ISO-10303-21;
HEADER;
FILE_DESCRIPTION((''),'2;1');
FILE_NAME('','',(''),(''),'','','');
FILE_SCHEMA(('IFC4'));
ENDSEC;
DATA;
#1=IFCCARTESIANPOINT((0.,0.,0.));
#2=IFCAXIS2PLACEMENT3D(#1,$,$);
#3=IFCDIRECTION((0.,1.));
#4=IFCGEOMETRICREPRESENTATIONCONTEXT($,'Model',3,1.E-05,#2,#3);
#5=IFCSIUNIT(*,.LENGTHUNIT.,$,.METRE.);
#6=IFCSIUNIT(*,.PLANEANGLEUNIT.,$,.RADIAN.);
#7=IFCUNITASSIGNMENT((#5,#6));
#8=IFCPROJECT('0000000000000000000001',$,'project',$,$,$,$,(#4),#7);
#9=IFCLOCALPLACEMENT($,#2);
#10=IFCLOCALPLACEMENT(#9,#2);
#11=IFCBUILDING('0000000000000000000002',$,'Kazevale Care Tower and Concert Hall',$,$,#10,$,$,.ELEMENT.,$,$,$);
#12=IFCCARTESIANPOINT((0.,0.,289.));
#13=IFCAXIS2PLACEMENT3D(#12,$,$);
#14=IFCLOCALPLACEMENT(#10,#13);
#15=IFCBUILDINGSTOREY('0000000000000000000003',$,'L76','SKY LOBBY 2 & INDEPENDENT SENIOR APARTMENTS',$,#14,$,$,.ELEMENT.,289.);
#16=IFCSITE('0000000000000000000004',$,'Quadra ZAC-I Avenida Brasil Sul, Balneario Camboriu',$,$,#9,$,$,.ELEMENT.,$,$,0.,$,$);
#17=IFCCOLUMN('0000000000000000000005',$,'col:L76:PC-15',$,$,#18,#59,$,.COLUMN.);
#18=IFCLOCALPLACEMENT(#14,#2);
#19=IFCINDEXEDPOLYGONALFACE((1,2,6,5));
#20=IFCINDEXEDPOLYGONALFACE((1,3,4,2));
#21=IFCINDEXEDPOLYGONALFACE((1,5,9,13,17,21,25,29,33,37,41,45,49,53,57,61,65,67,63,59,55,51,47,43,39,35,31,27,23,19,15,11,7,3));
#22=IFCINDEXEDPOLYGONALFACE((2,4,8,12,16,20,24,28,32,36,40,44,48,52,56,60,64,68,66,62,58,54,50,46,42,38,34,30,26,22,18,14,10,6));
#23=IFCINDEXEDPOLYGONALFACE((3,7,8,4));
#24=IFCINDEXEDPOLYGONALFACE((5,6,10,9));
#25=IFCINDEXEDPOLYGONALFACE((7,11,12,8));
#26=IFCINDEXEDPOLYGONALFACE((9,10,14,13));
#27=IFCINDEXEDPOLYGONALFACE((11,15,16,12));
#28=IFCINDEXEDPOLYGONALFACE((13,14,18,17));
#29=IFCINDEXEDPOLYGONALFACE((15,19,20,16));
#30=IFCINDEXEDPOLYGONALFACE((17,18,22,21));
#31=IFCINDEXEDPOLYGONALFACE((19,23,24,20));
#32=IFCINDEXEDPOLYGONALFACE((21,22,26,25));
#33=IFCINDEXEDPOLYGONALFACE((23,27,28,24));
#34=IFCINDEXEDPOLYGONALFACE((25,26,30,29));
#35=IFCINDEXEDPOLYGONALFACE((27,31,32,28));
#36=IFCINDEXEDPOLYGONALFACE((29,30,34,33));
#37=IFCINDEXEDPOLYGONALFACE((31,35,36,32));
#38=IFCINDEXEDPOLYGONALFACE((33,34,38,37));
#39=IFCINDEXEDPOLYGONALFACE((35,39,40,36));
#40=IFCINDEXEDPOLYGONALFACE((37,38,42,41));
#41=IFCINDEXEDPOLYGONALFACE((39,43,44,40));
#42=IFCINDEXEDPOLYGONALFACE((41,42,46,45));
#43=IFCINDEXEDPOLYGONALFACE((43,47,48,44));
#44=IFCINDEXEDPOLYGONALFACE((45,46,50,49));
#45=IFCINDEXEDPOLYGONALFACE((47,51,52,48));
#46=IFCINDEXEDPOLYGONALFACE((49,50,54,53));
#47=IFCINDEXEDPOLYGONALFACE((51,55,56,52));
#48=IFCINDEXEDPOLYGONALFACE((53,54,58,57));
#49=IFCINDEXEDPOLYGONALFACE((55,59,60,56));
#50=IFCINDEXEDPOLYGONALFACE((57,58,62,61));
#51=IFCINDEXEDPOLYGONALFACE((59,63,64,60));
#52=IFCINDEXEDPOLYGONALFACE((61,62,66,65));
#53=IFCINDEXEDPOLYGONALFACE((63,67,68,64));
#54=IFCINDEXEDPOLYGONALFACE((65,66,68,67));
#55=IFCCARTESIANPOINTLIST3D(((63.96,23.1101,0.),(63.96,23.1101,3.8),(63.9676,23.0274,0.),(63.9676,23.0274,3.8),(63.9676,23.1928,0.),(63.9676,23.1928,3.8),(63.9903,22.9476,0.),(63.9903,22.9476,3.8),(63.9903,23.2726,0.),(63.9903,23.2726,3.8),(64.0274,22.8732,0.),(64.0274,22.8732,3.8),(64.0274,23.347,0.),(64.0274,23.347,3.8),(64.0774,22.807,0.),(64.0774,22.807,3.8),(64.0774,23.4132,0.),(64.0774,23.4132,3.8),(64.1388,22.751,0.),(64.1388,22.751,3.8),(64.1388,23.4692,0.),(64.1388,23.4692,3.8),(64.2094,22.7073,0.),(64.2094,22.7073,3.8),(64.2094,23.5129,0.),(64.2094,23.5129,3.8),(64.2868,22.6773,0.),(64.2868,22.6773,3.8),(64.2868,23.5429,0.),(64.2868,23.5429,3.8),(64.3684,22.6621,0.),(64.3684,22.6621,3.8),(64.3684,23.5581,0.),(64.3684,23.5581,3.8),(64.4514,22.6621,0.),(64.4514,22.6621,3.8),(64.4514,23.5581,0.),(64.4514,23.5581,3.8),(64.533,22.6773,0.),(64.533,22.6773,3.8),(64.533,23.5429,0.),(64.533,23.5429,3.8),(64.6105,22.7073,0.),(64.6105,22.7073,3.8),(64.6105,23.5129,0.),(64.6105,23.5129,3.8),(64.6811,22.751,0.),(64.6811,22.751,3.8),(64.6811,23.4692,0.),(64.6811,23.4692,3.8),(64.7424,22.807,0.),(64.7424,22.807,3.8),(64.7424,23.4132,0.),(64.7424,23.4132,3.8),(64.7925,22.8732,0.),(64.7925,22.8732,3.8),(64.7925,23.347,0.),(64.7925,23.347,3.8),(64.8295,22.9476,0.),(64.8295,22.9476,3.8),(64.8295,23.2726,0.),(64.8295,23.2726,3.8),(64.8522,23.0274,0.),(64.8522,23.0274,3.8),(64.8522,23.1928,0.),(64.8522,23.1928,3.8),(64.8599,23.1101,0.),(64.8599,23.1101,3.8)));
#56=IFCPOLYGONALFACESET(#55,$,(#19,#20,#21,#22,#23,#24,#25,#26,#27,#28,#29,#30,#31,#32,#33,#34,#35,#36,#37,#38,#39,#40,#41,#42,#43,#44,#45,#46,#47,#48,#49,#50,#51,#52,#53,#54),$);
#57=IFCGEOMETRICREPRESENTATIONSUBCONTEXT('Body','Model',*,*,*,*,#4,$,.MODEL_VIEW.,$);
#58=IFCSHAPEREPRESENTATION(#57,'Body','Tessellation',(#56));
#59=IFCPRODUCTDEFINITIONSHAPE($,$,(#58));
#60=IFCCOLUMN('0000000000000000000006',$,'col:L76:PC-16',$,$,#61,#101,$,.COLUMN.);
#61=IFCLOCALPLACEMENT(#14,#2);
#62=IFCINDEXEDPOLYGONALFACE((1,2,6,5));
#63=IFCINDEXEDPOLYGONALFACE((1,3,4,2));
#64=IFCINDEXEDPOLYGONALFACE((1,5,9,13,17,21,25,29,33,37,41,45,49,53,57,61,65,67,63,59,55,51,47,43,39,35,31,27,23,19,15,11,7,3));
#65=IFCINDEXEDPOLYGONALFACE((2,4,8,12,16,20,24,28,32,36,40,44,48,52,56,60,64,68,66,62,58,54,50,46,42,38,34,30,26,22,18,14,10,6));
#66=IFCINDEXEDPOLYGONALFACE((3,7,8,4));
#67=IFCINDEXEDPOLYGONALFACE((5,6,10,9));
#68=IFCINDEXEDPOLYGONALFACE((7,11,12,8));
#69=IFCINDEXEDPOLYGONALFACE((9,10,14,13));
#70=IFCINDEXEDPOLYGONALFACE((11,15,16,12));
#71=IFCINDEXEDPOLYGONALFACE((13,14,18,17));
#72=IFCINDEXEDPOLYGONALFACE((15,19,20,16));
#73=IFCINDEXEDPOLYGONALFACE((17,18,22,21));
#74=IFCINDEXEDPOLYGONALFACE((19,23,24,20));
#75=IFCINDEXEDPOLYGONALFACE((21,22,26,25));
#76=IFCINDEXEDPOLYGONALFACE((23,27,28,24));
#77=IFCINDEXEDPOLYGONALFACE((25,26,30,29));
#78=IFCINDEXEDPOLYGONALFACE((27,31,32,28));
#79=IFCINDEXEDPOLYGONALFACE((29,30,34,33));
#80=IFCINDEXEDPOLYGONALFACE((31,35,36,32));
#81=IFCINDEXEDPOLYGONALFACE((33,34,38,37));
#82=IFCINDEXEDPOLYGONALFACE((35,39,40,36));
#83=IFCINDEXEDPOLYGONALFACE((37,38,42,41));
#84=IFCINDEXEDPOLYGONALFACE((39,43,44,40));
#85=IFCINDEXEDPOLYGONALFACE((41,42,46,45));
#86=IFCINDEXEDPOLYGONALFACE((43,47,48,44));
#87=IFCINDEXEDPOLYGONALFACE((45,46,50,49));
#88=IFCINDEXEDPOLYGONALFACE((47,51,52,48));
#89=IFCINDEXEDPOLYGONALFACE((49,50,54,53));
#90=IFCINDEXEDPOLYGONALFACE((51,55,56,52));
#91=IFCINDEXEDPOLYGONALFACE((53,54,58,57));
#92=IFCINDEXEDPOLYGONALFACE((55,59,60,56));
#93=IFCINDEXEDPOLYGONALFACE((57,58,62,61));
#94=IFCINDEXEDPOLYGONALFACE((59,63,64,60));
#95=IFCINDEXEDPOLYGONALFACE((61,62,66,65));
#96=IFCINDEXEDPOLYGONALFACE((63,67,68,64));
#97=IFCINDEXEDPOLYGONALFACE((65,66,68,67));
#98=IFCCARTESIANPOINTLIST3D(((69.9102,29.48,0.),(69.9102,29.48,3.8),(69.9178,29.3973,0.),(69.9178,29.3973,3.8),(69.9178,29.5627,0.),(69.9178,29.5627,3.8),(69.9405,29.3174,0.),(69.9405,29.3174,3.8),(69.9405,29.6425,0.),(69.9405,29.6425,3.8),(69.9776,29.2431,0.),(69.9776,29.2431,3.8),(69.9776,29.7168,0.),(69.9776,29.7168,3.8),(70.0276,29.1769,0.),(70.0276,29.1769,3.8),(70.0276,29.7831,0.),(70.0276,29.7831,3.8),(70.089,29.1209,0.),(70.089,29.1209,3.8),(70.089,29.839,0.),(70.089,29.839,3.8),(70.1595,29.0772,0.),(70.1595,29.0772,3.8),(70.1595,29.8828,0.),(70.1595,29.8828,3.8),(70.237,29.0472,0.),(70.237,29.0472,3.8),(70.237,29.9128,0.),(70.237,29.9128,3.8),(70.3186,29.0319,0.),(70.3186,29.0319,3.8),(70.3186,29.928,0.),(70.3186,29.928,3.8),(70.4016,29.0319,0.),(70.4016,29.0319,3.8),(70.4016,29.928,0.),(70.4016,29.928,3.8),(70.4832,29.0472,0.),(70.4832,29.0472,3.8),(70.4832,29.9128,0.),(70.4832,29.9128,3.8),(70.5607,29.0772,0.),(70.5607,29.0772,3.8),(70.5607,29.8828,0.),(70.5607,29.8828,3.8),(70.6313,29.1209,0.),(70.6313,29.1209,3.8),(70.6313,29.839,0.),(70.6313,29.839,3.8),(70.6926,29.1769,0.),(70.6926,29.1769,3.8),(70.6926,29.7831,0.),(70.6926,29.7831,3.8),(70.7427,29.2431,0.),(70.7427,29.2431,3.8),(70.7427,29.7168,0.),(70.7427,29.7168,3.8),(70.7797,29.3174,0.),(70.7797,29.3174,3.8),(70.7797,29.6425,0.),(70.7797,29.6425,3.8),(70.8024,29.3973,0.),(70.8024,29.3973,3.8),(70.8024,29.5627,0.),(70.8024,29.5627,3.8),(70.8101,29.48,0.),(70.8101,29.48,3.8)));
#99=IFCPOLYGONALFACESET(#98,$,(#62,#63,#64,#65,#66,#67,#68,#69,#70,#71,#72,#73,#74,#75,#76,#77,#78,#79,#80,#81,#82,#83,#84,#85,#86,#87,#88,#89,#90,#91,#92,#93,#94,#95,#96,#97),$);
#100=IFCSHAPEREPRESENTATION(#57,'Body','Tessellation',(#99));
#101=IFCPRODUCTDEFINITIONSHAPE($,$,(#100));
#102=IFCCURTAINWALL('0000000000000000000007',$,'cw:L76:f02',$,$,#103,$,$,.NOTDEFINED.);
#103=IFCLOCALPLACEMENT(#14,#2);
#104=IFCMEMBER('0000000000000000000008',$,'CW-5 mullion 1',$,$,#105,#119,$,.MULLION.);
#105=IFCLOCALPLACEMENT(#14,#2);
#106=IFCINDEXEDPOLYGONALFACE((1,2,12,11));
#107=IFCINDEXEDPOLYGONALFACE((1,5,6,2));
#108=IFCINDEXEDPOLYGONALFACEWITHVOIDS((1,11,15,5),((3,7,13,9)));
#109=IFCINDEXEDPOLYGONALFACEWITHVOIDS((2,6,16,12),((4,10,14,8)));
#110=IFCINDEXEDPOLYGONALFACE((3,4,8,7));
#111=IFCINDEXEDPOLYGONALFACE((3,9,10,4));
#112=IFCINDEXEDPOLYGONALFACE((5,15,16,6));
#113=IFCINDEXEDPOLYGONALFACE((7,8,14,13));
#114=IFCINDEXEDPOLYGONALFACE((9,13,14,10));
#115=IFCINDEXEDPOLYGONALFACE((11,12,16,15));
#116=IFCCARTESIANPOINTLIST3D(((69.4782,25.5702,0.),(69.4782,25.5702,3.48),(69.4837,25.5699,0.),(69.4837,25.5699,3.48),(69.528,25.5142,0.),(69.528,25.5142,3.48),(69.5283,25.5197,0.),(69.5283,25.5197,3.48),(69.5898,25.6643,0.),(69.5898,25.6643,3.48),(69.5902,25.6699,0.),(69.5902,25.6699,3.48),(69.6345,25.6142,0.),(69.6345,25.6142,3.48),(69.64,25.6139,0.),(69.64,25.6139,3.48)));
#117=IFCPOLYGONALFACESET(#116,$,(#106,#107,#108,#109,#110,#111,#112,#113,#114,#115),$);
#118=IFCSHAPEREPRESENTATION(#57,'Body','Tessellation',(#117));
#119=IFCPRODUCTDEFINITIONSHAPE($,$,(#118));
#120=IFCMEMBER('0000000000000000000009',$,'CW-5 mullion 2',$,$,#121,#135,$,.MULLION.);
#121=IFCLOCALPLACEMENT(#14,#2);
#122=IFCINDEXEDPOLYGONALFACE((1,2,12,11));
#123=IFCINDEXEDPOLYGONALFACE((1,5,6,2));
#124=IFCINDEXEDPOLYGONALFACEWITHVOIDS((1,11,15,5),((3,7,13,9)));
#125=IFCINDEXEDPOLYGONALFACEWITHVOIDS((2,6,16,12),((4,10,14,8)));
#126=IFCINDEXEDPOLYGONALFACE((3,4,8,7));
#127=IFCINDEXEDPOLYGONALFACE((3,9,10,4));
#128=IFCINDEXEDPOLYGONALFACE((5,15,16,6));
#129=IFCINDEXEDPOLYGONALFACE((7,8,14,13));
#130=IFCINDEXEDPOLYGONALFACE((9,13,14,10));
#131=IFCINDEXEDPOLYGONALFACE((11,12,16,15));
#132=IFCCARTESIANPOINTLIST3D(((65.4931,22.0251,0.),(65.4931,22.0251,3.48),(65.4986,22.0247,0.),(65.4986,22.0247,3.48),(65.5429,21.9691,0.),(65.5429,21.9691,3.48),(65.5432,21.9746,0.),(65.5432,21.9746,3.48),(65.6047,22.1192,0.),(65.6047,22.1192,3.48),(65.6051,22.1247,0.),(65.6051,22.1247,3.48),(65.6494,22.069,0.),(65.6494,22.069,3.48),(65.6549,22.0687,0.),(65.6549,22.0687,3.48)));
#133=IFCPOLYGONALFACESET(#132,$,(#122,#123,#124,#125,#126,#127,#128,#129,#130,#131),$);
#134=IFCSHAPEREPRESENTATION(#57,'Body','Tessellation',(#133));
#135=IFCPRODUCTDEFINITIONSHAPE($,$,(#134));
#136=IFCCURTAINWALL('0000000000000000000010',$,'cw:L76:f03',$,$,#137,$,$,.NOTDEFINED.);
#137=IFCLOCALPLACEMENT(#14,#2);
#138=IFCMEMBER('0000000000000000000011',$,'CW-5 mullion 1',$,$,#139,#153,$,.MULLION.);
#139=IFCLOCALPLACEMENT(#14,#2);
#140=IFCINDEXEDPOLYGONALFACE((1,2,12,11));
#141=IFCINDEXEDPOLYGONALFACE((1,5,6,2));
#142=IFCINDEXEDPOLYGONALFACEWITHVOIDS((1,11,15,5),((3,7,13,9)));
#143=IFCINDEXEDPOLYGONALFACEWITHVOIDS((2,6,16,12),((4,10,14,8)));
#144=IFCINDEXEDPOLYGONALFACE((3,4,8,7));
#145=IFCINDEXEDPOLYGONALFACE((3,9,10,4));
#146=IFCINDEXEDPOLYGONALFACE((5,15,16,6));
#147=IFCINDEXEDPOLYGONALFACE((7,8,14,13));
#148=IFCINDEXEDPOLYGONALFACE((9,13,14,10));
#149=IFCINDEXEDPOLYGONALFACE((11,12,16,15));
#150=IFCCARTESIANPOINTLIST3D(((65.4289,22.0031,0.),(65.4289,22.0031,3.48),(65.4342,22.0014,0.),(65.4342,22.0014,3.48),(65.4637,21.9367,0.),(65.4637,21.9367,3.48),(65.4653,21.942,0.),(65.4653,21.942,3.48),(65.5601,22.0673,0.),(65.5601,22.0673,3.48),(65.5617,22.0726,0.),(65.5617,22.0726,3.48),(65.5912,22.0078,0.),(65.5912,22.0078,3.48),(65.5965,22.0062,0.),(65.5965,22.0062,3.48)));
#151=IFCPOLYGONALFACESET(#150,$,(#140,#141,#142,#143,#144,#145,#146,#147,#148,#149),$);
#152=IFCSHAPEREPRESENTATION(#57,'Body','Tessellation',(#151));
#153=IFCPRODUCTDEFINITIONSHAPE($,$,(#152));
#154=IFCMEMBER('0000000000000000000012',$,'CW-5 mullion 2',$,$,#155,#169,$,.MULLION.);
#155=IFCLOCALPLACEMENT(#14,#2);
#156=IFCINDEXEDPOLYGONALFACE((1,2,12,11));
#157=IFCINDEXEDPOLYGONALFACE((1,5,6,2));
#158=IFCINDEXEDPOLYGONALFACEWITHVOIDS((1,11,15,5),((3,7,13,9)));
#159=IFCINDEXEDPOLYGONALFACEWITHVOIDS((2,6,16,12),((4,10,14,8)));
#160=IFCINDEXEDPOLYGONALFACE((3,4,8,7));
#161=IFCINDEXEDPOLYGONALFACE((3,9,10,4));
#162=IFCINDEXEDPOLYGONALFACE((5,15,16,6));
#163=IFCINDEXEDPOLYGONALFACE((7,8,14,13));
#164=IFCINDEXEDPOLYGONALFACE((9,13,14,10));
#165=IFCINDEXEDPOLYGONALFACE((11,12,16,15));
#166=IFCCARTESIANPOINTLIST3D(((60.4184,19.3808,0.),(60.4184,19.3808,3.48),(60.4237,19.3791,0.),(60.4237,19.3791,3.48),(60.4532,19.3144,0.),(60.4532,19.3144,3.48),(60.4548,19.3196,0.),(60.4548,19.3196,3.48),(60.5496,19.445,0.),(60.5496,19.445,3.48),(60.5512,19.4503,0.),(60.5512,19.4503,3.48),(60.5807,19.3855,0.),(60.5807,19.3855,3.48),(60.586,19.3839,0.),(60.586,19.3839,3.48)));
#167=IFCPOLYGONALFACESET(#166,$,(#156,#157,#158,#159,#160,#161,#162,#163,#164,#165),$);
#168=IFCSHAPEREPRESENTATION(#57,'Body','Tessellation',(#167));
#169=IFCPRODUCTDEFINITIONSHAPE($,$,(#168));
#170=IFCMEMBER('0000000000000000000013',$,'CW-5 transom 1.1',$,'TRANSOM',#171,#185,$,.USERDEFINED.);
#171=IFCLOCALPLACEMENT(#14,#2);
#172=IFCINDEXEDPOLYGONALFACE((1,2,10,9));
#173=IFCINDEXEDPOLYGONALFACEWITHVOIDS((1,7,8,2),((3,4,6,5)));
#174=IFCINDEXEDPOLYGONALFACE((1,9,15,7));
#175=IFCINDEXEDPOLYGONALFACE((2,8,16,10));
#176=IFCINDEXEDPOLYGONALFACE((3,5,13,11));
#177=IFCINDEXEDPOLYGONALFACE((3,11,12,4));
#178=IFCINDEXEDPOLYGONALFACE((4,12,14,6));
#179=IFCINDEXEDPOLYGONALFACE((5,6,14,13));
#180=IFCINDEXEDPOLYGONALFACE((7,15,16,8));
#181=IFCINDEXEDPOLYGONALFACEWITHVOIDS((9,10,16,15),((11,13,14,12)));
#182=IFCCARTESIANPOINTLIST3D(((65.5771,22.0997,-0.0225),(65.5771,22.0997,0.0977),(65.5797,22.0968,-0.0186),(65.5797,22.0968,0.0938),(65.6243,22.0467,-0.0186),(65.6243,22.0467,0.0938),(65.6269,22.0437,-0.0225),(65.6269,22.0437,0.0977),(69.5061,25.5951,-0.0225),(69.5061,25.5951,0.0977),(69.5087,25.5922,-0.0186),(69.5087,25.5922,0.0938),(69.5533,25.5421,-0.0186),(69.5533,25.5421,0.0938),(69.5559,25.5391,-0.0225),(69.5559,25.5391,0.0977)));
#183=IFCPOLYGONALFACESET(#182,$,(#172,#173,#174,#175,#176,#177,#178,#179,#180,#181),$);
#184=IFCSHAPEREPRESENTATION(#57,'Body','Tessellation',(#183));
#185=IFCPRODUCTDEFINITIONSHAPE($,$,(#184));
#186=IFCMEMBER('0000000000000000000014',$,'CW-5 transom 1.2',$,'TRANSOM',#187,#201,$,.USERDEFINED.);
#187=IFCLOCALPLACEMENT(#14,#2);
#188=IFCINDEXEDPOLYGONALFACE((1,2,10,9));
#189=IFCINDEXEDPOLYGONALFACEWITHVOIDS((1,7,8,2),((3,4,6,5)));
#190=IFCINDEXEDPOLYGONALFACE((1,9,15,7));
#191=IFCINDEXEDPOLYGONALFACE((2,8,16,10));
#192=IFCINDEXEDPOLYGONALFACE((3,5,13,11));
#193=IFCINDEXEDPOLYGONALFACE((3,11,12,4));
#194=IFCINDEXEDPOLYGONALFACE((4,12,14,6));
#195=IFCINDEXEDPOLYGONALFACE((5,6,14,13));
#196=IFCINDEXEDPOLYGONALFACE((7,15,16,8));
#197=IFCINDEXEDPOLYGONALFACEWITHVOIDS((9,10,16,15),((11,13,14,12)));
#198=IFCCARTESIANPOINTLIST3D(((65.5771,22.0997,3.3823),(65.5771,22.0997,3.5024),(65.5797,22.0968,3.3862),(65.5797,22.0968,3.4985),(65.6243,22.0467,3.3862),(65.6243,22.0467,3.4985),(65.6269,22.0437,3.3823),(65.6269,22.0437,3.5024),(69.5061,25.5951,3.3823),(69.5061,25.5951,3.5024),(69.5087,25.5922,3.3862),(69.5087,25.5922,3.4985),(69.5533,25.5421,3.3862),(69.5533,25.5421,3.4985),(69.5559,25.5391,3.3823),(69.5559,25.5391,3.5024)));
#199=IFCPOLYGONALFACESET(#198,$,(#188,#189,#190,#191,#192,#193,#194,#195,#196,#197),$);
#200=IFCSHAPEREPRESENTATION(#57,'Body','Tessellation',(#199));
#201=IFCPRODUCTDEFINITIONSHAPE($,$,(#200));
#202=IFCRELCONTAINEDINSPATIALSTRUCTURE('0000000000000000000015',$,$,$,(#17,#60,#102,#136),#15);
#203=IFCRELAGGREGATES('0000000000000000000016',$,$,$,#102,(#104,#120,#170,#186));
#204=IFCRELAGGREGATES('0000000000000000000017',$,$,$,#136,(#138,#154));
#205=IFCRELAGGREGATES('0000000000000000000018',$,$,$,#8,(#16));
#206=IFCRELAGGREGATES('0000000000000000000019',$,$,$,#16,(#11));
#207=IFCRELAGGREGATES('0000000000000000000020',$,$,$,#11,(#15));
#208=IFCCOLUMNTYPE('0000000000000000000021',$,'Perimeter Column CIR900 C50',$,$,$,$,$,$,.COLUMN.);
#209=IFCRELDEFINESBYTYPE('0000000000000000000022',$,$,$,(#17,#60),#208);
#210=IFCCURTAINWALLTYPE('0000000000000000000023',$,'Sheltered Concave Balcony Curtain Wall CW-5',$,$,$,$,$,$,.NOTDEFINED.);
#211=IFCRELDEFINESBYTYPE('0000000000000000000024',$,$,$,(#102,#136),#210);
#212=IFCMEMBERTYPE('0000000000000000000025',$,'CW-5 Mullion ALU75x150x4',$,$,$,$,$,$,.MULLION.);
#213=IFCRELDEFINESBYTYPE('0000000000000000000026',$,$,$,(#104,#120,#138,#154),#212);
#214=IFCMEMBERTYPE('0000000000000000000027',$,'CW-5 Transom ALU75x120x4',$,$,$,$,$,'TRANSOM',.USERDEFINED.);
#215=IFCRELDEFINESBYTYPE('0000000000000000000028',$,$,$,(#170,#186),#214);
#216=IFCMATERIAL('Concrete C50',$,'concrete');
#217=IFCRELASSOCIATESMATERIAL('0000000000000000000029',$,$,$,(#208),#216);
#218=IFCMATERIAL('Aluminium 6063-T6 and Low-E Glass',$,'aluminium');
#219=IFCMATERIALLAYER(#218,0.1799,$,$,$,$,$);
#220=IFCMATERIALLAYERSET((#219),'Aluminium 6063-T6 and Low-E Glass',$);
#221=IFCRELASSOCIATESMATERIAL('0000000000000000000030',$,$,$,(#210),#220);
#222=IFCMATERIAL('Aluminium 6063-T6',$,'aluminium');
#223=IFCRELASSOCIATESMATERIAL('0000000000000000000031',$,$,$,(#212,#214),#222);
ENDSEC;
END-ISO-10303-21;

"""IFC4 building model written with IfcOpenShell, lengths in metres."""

from ifc_helpers import new_model, si_unit, direction, frame, origin, origin_2d, place, context, subcontext, project, spatial, hollow_rectangle, circle, extrude, material, layer, layer_set, material_profile, profile_set, type_object, element, aggregate, save


model = new_model("IFC4")

# Units and contexts
model_context = context("Model", 3, precision=1e-05, world=origin(), true_north=direction((0.0, 1.0)))
body_context = subcontext(model_context, "Body", "Model", "MODEL_VIEW")
ifc_project = project(units=[si_unit("LENGTHUNIT", "METRE"), si_unit("PLANEANGLEUNIT", "RADIAN")], contexts=[model_context])

# Site, building, storey
site_placement = place(None, origin())
site = spatial("IfcSite", under=ifc_project, at=site_placement, Name="Quadra ZAC-I Avenida Brasil Sul, Balneario Camboriu", CompositionType="ELEMENT", RefElevation=0.0)
building_placement = place(site_placement, origin())
building = spatial("IfcBuilding", under=site, at=building_placement, Name="Kazevale Care Tower and Concert Hall", CompositionType="ELEMENT")
storey_placement = place(building_placement, frame((0.0, 0.0, 289.0)))
storey = spatial("IfcBuildingStorey", under=building, at=storey_placement, Name="L76", Description="SKY LOBBY 2 & INDEPENDENT SENIOR APARTMENTS", CompositionType="ELEMENT", Elevation=289.0)

# Columns
ifc_material_1 = material(Name="Concrete C50", Category="concrete")
ifc_material_profile_1 = material_profile(ifc_material_1, circle(Radius=0.45, at=origin_2d()), Name="RC-CIR900")
ifc_profile_set_1 = profile_set([ifc_material_profile_1], Name="Concrete C50")
column_type = type_object("IfcColumnType", Name="Perimeter Column CIR900 C50", PredefinedType="COLUMN", material=ifc_profile_set_1)
for number, where, z_axis, x_axis, name in (
    (1, (64.4099, 23.1101, 0.0), (0.0, 0.0, 1.0), (1.0, 0.0, 0.0), "col:L76:PC-15"),
    (2, (70.3601, 29.48, 0.0), (0.0, 0.0, 1.0), (1.0, 0.0, 0.0), "col:L76:PC-16"),
):
    element("IfcColumn", number, at=place(storey_placement, frame(where, z_axis=z_axis, x_axis=x_axis)), inside=storey, type_object=column_type, Name=name, PredefinedType="COLUMN", context=body_context, shape_type="SweptSolid", body=[
        extrude(circle(Radius=0.45, at=origin_2d()), origin(), (0.0, 0.0, 1.0), 3.8),
    ])

# Curtain walls, members
ifc_material_2 = material(Name="Aluminium 6063-T6 and Low-E Glass", Category="aluminium")
ifc_layer_1 = layer(ifc_material_2, 0.1799)
ifc_layer_set_1 = layer_set([ifc_layer_1], Name="Aluminium 6063-T6 and Low-E Glass")
curtain_wall_type = type_object("IfcCurtainWallType", Name="Sheltered Concave Balcony Curtain Wall CW-5", PredefinedType="NOTDEFINED", material=ifc_layer_set_1)
curtain_wall_1_placement = place(storey_placement, origin())
curtain_wall_1 = element("IfcCurtainWall", 3, at=curtain_wall_1_placement, inside=storey, type_object=curtain_wall_type, Name="cw:L76:f02", PredefinedType="NOTDEFINED")
ifc_material_3 = material(Name="Aluminium 6063-T6", Category="aluminium")
ifc_material_profile_2 = material_profile(ifc_material_3, hollow_rectangle(XDim=0.075, YDim=0.1499, WallThickness=0.0039, at=origin_2d()), Name="ALU75x150x4")
ifc_profile_set_2 = profile_set([ifc_material_profile_2], Name="Aluminium 6063-T6")
member_type_1 = type_object("IfcMemberType", Name="CW-5 Mullion ALU75x150x4", PredefinedType="MULLION", material=ifc_profile_set_2)
member_1_placement = place(storey_placement, frame((69.5591, 25.592, 0.0), z_axis=(0.0, 0.0, 1.0), x_axis=(0.664674, -0.747134, 0.0)))
member_1 = element("IfcMember", 4, at=member_1_placement, type_object=member_type_1, Name="CW-5 mullion 1", PredefinedType="MULLION", context=body_context, shape_type="SweptSolid", body=[
    extrude(hollow_rectangle(XDim=0.075, YDim=0.1499, WallThickness=0.0039, at=origin_2d()), origin(), (0.0, 0.0, 1.0), 3.48),
])
member_2_placement = place(storey_placement, frame((65.574, 22.0469, 0.0), z_axis=(0.0, 0.0, 1.0), x_axis=(0.664674, -0.747134, 0.0)))
member_2 = element("IfcMember", 5, at=member_2_placement, type_object=member_type_1, Name="CW-5 mullion 2", PredefinedType="MULLION", context=body_context, shape_type="SweptSolid", body=[
    extrude(hollow_rectangle(XDim=0.075, YDim=0.1499, WallThickness=0.0039, at=origin_2d()), origin(), (0.0, 0.0, 1.0), 3.48),
])
curtain_wall_2_placement = place(storey_placement, origin())
curtain_wall_2 = element("IfcCurtainWall", 6, at=curtain_wall_2_placement, inside=storey, type_object=curtain_wall_type, Name="cw:L76:f03", PredefinedType="NOTDEFINED")
member_3_placement = place(storey_placement, frame((65.5127, 22.0046, 0.0), z_axis=(0.0, 0.0, 1.0), x_axis=(0.463681, -0.886002, 0.0)))
member_3 = element("IfcMember", 7, at=member_3_placement, type_object=member_type_1, Name="CW-5 mullion 1", PredefinedType="MULLION", context=body_context, shape_type="SweptSolid", body=[
    extrude(hollow_rectangle(XDim=0.075, YDim=0.1499, WallThickness=0.0039, at=origin_2d()), origin(), (0.0, 0.0, 1.0), 3.48),
])
member_4_placement = place(storey_placement, frame((60.5022, 19.3823, 0.0), z_axis=(0.0, 0.0, 1.0), x_axis=(0.463681, -0.886002, 0.0)))
member_4 = element("IfcMember", 8, at=member_4_placement, type_object=member_type_1, Name="CW-5 mullion 2", PredefinedType="MULLION", context=body_context, shape_type="SweptSolid", body=[
    extrude(hollow_rectangle(XDim=0.075, YDim=0.1499, WallThickness=0.0039, at=origin_2d()), origin(), (0.0, 0.0, 1.0), 3.48),
])

# Members
ifc_material_profile_3 = material_profile(ifc_material_3, hollow_rectangle(XDim=0.075, YDim=0.1201, WallThickness=0.0039, at=origin_2d()), Name="ALU75x120x4")
ifc_profile_set_3 = profile_set([ifc_material_profile_3], Name="Aluminium 6063-T6")
member_type_2 = type_object("IfcMemberType", Name="CW-5 Transom ALU75x120x4", ElementType="TRANSOM", PredefinedType="USERDEFINED", material=ifc_profile_set_3)
member_5_placement = place(storey_placement, frame((69.531, 25.5671, 0.0376), z_axis=(-0.74713, -0.664678, 0.0), x_axis=(0.664678, -0.74713, 0.0)))
member_5 = element("IfcMember", 9, at=member_5_placement, type_object=member_type_2, Name="CW-5 transom 1.1", ObjectType="TRANSOM", PredefinedType="USERDEFINED", context=body_context, shape_type="SweptSolid", body=[
    extrude(hollow_rectangle(XDim=0.075, YDim=0.1201, WallThickness=0.0039, at=origin_2d()), origin(), (0.0, 0.0, 1.0), 5.2588),
])
member_6_placement = place(storey_placement, frame((69.531, 25.5671, 3.4424), z_axis=(-0.74713, -0.664678, 0.0), x_axis=(0.664678, -0.74713, 0.0)))
member_6 = element("IfcMember", 10, at=member_6_placement, type_object=member_type_2, Name="CW-5 transom 1.2", ObjectType="TRANSOM", PredefinedType="USERDEFINED", context=body_context, shape_type="SweptSolid", body=[
    extrude(hollow_rectangle(XDim=0.075, YDim=0.1201, WallThickness=0.0039, at=origin_2d()), origin(), (0.0, 0.0, 1.0), 5.2588),
])

aggregate(curtain_wall_1, [member_1, member_2, member_5, member_6])
aggregate(curtain_wall_2, [member_3, member_4])

save(model, "model.ifc")
